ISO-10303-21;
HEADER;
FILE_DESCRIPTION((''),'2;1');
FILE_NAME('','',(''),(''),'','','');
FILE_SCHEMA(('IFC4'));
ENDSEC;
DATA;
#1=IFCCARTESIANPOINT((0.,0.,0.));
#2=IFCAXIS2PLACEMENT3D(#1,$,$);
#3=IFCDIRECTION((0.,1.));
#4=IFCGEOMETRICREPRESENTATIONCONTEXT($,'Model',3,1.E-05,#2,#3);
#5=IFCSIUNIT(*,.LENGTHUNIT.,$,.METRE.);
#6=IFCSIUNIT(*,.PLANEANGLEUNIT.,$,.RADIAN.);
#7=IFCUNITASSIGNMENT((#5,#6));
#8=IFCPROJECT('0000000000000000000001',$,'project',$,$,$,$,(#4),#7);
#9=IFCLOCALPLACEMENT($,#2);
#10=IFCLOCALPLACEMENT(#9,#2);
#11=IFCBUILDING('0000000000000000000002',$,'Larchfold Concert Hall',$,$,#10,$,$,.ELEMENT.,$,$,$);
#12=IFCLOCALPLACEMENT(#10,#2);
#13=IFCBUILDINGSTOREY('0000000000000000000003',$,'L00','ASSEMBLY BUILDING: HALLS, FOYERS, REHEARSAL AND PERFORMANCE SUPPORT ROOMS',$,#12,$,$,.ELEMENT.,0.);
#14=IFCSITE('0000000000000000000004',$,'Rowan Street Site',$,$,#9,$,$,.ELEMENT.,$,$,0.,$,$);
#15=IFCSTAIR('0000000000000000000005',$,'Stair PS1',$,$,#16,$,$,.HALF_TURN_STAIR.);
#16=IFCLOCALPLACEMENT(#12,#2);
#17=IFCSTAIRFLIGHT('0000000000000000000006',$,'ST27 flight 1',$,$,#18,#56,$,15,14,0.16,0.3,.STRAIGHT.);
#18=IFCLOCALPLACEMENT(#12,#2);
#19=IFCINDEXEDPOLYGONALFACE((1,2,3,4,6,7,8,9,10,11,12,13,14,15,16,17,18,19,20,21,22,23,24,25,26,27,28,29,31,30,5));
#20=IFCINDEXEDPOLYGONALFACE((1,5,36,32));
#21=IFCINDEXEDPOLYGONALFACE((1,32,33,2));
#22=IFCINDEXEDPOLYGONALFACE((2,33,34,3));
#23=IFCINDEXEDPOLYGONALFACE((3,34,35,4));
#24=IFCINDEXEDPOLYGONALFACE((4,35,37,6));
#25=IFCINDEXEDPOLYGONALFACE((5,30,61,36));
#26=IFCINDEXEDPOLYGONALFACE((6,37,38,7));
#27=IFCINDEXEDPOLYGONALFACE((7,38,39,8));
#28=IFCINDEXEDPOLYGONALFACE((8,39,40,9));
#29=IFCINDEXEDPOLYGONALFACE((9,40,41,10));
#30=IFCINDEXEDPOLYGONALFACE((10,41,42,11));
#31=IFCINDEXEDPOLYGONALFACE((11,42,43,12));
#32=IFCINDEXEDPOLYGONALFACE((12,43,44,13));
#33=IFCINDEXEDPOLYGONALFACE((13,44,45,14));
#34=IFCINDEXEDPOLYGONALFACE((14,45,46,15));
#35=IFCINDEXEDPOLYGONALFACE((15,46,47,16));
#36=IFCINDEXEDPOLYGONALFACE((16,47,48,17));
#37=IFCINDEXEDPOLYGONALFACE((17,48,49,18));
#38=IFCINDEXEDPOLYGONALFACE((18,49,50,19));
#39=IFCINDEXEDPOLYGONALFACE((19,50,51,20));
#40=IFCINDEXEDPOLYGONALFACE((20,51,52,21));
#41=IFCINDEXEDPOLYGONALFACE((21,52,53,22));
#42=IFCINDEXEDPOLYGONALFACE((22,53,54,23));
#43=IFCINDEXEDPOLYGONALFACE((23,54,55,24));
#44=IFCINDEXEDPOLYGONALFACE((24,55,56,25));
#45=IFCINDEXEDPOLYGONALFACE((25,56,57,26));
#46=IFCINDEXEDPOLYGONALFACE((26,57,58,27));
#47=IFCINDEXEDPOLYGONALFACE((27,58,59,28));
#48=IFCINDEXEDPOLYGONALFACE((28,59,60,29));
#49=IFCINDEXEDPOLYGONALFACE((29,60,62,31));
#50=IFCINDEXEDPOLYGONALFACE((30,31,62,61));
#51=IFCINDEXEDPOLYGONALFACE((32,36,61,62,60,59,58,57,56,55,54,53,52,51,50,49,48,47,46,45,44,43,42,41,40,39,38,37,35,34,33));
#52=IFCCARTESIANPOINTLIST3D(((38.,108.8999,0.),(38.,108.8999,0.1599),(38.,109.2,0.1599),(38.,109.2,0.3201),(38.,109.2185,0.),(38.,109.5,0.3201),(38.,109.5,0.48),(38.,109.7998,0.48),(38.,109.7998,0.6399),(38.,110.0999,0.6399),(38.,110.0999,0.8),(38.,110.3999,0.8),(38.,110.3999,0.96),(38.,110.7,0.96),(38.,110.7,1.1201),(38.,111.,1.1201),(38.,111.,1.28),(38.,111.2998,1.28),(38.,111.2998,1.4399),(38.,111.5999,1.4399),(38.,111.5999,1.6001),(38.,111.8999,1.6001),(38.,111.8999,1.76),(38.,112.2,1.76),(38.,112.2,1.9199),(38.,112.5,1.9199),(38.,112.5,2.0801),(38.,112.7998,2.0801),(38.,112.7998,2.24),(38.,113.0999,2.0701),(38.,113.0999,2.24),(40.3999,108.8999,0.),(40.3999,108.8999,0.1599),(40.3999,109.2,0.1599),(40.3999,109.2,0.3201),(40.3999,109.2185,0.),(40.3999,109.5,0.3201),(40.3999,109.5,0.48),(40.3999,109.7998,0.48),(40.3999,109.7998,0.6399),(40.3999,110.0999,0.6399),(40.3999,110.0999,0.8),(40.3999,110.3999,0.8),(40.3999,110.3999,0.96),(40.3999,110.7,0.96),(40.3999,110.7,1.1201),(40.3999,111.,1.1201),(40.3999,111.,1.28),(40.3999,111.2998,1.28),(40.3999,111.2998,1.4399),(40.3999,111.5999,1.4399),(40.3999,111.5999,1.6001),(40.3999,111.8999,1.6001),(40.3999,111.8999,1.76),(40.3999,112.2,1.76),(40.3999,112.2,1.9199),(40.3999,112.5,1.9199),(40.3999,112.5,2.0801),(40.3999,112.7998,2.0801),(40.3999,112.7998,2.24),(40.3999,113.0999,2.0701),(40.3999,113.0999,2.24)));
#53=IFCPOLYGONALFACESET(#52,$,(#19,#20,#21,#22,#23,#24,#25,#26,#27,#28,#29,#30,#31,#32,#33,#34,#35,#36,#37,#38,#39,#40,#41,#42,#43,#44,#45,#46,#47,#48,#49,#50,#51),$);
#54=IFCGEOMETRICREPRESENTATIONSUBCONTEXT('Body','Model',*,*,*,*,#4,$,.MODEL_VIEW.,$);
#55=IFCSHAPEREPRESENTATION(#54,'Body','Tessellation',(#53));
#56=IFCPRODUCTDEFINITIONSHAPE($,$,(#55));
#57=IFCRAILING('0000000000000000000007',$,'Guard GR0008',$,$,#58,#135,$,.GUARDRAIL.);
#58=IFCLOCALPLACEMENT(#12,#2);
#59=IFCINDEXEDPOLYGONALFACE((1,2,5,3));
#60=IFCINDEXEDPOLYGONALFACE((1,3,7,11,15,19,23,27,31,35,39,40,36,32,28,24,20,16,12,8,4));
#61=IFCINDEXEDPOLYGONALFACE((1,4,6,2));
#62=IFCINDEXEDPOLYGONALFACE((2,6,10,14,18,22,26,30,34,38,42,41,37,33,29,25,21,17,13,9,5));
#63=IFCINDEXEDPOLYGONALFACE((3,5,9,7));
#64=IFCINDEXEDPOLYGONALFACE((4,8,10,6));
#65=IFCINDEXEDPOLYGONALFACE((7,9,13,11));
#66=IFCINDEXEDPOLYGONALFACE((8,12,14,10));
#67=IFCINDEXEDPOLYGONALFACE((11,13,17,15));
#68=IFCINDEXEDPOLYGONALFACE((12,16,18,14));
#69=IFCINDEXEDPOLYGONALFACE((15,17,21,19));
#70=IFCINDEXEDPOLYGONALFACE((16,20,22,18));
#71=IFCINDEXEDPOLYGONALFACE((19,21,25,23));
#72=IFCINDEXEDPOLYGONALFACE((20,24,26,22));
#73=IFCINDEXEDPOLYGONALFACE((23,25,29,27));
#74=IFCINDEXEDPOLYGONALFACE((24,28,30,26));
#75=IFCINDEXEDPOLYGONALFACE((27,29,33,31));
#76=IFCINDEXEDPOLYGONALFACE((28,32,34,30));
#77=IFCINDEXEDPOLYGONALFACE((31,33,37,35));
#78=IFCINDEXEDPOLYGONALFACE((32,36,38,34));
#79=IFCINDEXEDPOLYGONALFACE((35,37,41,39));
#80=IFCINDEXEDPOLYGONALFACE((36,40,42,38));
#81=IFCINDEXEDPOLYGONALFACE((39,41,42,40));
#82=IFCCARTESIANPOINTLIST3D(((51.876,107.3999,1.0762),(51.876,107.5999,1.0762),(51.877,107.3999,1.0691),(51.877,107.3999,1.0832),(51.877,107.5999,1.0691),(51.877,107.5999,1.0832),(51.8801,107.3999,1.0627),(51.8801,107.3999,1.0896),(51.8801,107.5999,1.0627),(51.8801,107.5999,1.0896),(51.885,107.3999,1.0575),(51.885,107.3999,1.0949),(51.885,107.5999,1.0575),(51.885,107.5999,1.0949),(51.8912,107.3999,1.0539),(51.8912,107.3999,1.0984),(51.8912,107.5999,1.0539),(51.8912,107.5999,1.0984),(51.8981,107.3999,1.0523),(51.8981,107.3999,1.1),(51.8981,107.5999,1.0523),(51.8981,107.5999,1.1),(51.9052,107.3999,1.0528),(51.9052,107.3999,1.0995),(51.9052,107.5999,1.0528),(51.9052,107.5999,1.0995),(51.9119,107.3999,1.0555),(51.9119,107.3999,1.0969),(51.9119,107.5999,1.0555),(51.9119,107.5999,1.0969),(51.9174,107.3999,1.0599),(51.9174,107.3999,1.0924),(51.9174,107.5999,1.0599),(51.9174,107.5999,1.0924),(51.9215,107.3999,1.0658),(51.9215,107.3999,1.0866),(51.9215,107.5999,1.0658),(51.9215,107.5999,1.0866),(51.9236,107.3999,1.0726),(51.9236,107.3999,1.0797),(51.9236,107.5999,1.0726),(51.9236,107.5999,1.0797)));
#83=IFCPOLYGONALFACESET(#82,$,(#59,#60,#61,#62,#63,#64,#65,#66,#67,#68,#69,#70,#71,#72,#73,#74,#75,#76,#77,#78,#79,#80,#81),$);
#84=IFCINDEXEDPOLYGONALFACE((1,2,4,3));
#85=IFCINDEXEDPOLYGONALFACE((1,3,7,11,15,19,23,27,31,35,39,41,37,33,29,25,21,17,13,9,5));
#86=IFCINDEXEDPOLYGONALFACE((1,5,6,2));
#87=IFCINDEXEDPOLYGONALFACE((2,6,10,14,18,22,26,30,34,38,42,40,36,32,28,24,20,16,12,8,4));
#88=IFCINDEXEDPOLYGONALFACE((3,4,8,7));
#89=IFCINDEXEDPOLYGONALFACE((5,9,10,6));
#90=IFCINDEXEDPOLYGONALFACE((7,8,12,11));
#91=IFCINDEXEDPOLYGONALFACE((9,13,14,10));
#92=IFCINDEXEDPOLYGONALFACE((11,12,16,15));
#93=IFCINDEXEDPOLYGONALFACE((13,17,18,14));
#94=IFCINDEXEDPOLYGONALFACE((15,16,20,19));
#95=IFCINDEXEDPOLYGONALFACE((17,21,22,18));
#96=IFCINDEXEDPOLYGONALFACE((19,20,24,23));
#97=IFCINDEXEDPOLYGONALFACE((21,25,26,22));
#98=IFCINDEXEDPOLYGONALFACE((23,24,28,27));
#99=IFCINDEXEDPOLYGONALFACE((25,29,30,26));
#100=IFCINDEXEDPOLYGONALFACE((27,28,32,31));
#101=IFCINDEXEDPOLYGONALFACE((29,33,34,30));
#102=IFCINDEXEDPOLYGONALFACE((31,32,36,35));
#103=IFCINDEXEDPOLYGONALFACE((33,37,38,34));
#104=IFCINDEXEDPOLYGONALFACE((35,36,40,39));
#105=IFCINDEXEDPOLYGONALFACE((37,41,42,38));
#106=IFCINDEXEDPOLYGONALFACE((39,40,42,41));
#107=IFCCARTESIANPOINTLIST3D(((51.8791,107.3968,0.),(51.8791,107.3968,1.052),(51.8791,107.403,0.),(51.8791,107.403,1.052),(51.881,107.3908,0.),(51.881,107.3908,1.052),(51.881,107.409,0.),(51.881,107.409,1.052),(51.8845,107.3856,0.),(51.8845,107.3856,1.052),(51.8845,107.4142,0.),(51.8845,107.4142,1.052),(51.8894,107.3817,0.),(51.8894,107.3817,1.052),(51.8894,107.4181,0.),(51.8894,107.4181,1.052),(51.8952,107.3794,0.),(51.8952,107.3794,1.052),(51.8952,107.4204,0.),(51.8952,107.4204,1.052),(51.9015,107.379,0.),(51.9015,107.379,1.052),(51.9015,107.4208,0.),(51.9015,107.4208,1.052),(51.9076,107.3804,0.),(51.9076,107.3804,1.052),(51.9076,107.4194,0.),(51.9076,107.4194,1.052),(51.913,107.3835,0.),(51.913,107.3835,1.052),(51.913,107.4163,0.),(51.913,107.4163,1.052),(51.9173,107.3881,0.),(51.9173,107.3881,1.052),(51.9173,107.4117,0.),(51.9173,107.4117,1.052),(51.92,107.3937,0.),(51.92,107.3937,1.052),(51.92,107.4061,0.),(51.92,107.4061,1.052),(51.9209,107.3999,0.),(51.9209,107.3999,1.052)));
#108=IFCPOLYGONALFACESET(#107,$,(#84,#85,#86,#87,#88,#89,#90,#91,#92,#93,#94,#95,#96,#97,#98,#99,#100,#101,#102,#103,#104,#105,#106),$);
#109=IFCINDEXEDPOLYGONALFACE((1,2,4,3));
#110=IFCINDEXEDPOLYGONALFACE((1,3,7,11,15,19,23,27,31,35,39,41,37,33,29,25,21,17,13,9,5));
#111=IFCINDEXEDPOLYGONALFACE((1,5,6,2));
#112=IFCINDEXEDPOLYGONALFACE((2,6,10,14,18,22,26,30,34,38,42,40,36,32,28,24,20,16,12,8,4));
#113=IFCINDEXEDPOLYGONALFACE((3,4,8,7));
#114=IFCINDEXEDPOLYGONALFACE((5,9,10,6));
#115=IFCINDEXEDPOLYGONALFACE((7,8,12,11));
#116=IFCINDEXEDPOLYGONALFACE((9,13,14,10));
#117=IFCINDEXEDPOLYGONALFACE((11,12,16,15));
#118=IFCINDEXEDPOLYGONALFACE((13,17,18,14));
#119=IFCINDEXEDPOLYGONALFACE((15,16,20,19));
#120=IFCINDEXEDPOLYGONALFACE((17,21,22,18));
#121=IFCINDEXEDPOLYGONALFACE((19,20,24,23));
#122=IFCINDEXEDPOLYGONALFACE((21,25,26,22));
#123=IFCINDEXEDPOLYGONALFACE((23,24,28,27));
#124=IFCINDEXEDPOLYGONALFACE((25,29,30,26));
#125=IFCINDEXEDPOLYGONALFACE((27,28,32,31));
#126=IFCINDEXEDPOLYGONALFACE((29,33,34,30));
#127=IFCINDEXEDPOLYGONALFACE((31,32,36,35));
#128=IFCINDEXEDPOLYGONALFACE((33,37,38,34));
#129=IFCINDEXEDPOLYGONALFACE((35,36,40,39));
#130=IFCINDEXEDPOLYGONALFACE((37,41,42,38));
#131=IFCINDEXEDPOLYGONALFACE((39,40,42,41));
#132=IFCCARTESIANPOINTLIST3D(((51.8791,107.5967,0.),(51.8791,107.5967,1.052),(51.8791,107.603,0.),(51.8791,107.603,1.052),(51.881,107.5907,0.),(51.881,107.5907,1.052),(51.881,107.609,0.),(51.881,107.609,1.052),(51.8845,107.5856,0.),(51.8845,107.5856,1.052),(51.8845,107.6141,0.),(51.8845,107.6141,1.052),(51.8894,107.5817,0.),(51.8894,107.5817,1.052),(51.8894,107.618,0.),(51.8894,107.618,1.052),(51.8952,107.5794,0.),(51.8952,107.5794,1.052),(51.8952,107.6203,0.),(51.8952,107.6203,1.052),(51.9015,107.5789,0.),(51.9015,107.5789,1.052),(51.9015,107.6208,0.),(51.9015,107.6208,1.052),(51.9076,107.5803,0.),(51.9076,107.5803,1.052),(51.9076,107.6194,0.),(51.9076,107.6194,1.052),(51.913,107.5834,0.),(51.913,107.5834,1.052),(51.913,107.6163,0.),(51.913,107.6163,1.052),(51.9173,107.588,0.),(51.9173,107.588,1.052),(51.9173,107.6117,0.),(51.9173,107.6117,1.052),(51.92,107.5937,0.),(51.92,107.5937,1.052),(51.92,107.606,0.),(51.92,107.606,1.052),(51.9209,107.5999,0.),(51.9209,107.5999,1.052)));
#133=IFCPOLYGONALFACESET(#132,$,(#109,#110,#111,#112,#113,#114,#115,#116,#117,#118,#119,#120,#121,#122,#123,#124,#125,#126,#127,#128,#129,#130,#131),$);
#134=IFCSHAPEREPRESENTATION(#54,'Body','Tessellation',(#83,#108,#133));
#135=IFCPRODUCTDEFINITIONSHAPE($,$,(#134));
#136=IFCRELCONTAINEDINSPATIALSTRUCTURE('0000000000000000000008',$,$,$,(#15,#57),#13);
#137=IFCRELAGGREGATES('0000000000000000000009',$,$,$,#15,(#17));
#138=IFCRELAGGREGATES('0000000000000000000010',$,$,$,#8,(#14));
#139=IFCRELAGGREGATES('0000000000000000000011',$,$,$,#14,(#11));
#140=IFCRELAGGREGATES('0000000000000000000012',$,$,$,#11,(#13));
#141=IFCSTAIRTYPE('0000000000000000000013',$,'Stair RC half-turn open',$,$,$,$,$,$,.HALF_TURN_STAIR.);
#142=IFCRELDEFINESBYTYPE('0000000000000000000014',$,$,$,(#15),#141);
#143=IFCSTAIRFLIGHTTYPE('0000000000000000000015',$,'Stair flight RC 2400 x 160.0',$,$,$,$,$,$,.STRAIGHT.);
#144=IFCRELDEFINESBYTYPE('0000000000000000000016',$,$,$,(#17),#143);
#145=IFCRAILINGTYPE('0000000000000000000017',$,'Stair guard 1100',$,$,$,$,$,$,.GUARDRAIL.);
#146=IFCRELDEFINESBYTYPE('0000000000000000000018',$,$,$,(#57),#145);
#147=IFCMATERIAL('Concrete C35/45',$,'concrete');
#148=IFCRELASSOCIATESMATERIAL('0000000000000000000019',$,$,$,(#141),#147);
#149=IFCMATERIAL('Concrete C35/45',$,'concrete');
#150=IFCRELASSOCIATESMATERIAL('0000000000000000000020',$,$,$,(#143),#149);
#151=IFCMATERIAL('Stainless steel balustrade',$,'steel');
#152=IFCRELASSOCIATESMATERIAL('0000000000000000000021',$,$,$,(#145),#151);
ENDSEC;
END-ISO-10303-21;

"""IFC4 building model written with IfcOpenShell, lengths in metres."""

from ifc_helpers import new_model, si_unit, direction, frame, origin, origin_2d, place, context, subcontext, project, spatial, polyline, circle, outline, extrude, material, type_object, element, aggregate, save


model = new_model("IFC4")

# Units and contexts
model_context = context("Model", 3, precision=1e-05, world=origin(), true_north=direction((0.0, 1.0)))
body_context = subcontext(model_context, "Body", "Model", "MODEL_VIEW")
ifc_project = project(units=[si_unit("LENGTHUNIT", "METRE"), si_unit("PLANEANGLEUNIT", "RADIAN")], contexts=[model_context])

# Site, building, storey
site_placement = place(None, origin())
site = spatial("IfcSite", under=ifc_project, at=site_placement, Name="Rowan Street Site", CompositionType="ELEMENT", RefElevation=0.0)
building_placement = place(site_placement, origin())
building = spatial("IfcBuilding", under=site, at=building_placement, Name="Larchfold Concert Hall", CompositionType="ELEMENT")
storey_placement = place(building_placement, origin())
storey = spatial("IfcBuildingStorey", under=building, at=storey_placement, Name="L00", Description="ASSEMBLY BUILDING: HALLS, FOYERS, REHEARSAL AND PERFORMANCE SUPPORT ROOMS", CompositionType="ELEMENT", Elevation=0.0)

# Stair, stair flight
ifc_material_1 = material(Name="Concrete C35/45", Category="concrete")
stair_type = type_object("IfcStairType", Name="Stair RC half-turn open", PredefinedType="HALF_TURN_STAIR", material=ifc_material_1)
stair_placement = place(storey_placement, origin())
stair = element("IfcStair", 1, at=stair_placement, inside=storey, type_object=stair_type, Name="Stair PS1", PredefinedType="HALF_TURN_STAIR")
ifc_material_2 = material(Name="Concrete C35/45", Category="concrete")
stair_flight_type = type_object("IfcStairFlightType", Name="Stair flight RC 2400 x 160.0", PredefinedType="STRAIGHT", material=ifc_material_2)
stair_flight_placement = place(storey_placement, frame((39.2, 108.8999, 0.0), z_axis=(0.0, 0.0, 1.0), x_axis=(0.0, 1.0, 0.0)))
stair_flight = element("IfcStairFlight", 2, at=stair_flight_placement, type_object=stair_flight_type, Name="ST27 flight 1", NumberOfRisers=15, NumberOfTreads=14, PredefinedType="STRAIGHT", RiserHeight=0.16, TreadLength=0.3, context=body_context, shape_type="SweptSolid", body=[
    extrude(outline(polyline([(0.0, 0.0), (0.0, 0.1599), (0.3, 0.1599), (0.3, 0.3201), (0.6001, 0.3201), (0.6001, 0.48), (0.8999, 0.48), (0.8999, 0.6399), (1.2, 0.6399), (1.2, 0.8), (1.5, 0.8), (1.5, 0.96), (1.8, 0.96), (1.8, 1.1201), (2.1001, 1.1201), (2.1001, 1.28), (2.3999, 1.28), (2.3999, 1.4399), (2.7, 1.4399), (2.7, 1.6001), (3.0, 1.6001), (3.0, 1.76), (3.3, 1.76), (3.3, 1.9199), (3.6001, 1.9199), (3.6001, 2.0801), (3.8999, 2.0801), (3.8999, 2.24), (4.2, 2.24), (4.2, 2.3999), (4.2, 2.0701), (0.3186, 0.0), (0.0, 0.0)])), frame((0.0, 1.2, 0.0), z_axis=(0.0, -1.0, 0.0), x_axis=(1.0, 0.0, 0.0)), (0.0, 0.0, 1.0), 2.3999),
])
aggregate(stair, [stair_flight])

# Railing
ifc_material_3 = material(Name="Stainless steel balustrade", Category="steel")
railing_type_1 = type_object("IfcRailingType", Name="Stair guard 1100", PredefinedType="GUARDRAIL", material=ifc_material_3)
railing_1_placement = place(storey_placement, frame((51.8999, 107.3999, 0.0)))
element("IfcRailing", 3, at=railing_1_placement, inside=storey, type_object=railing_type_1, Name="Guard GR0008", PredefinedType="GUARDRAIL", context=body_context, shape_type="SweptSolid", body=[
    extrude(circle(Radius=0.0239, at=origin_2d()), frame((0.0, 0.0, 1.0762), z_axis=(0.0, 1.0, 0.0), x_axis=(-1.0, 0.0, 0.0)), (0.0, 0.0, 1.0), 0.2),
    extrude(circle(Radius=0.021, at=origin_2d()), origin(), (0.0, 0.0, 1.0), 1.052),
    extrude(circle(Radius=0.021, at=origin_2d()), frame((0.0, 0.2, 0.0)), (0.0, 0.0, 1.0), 1.052),
])

save(model, "model.ifc")
